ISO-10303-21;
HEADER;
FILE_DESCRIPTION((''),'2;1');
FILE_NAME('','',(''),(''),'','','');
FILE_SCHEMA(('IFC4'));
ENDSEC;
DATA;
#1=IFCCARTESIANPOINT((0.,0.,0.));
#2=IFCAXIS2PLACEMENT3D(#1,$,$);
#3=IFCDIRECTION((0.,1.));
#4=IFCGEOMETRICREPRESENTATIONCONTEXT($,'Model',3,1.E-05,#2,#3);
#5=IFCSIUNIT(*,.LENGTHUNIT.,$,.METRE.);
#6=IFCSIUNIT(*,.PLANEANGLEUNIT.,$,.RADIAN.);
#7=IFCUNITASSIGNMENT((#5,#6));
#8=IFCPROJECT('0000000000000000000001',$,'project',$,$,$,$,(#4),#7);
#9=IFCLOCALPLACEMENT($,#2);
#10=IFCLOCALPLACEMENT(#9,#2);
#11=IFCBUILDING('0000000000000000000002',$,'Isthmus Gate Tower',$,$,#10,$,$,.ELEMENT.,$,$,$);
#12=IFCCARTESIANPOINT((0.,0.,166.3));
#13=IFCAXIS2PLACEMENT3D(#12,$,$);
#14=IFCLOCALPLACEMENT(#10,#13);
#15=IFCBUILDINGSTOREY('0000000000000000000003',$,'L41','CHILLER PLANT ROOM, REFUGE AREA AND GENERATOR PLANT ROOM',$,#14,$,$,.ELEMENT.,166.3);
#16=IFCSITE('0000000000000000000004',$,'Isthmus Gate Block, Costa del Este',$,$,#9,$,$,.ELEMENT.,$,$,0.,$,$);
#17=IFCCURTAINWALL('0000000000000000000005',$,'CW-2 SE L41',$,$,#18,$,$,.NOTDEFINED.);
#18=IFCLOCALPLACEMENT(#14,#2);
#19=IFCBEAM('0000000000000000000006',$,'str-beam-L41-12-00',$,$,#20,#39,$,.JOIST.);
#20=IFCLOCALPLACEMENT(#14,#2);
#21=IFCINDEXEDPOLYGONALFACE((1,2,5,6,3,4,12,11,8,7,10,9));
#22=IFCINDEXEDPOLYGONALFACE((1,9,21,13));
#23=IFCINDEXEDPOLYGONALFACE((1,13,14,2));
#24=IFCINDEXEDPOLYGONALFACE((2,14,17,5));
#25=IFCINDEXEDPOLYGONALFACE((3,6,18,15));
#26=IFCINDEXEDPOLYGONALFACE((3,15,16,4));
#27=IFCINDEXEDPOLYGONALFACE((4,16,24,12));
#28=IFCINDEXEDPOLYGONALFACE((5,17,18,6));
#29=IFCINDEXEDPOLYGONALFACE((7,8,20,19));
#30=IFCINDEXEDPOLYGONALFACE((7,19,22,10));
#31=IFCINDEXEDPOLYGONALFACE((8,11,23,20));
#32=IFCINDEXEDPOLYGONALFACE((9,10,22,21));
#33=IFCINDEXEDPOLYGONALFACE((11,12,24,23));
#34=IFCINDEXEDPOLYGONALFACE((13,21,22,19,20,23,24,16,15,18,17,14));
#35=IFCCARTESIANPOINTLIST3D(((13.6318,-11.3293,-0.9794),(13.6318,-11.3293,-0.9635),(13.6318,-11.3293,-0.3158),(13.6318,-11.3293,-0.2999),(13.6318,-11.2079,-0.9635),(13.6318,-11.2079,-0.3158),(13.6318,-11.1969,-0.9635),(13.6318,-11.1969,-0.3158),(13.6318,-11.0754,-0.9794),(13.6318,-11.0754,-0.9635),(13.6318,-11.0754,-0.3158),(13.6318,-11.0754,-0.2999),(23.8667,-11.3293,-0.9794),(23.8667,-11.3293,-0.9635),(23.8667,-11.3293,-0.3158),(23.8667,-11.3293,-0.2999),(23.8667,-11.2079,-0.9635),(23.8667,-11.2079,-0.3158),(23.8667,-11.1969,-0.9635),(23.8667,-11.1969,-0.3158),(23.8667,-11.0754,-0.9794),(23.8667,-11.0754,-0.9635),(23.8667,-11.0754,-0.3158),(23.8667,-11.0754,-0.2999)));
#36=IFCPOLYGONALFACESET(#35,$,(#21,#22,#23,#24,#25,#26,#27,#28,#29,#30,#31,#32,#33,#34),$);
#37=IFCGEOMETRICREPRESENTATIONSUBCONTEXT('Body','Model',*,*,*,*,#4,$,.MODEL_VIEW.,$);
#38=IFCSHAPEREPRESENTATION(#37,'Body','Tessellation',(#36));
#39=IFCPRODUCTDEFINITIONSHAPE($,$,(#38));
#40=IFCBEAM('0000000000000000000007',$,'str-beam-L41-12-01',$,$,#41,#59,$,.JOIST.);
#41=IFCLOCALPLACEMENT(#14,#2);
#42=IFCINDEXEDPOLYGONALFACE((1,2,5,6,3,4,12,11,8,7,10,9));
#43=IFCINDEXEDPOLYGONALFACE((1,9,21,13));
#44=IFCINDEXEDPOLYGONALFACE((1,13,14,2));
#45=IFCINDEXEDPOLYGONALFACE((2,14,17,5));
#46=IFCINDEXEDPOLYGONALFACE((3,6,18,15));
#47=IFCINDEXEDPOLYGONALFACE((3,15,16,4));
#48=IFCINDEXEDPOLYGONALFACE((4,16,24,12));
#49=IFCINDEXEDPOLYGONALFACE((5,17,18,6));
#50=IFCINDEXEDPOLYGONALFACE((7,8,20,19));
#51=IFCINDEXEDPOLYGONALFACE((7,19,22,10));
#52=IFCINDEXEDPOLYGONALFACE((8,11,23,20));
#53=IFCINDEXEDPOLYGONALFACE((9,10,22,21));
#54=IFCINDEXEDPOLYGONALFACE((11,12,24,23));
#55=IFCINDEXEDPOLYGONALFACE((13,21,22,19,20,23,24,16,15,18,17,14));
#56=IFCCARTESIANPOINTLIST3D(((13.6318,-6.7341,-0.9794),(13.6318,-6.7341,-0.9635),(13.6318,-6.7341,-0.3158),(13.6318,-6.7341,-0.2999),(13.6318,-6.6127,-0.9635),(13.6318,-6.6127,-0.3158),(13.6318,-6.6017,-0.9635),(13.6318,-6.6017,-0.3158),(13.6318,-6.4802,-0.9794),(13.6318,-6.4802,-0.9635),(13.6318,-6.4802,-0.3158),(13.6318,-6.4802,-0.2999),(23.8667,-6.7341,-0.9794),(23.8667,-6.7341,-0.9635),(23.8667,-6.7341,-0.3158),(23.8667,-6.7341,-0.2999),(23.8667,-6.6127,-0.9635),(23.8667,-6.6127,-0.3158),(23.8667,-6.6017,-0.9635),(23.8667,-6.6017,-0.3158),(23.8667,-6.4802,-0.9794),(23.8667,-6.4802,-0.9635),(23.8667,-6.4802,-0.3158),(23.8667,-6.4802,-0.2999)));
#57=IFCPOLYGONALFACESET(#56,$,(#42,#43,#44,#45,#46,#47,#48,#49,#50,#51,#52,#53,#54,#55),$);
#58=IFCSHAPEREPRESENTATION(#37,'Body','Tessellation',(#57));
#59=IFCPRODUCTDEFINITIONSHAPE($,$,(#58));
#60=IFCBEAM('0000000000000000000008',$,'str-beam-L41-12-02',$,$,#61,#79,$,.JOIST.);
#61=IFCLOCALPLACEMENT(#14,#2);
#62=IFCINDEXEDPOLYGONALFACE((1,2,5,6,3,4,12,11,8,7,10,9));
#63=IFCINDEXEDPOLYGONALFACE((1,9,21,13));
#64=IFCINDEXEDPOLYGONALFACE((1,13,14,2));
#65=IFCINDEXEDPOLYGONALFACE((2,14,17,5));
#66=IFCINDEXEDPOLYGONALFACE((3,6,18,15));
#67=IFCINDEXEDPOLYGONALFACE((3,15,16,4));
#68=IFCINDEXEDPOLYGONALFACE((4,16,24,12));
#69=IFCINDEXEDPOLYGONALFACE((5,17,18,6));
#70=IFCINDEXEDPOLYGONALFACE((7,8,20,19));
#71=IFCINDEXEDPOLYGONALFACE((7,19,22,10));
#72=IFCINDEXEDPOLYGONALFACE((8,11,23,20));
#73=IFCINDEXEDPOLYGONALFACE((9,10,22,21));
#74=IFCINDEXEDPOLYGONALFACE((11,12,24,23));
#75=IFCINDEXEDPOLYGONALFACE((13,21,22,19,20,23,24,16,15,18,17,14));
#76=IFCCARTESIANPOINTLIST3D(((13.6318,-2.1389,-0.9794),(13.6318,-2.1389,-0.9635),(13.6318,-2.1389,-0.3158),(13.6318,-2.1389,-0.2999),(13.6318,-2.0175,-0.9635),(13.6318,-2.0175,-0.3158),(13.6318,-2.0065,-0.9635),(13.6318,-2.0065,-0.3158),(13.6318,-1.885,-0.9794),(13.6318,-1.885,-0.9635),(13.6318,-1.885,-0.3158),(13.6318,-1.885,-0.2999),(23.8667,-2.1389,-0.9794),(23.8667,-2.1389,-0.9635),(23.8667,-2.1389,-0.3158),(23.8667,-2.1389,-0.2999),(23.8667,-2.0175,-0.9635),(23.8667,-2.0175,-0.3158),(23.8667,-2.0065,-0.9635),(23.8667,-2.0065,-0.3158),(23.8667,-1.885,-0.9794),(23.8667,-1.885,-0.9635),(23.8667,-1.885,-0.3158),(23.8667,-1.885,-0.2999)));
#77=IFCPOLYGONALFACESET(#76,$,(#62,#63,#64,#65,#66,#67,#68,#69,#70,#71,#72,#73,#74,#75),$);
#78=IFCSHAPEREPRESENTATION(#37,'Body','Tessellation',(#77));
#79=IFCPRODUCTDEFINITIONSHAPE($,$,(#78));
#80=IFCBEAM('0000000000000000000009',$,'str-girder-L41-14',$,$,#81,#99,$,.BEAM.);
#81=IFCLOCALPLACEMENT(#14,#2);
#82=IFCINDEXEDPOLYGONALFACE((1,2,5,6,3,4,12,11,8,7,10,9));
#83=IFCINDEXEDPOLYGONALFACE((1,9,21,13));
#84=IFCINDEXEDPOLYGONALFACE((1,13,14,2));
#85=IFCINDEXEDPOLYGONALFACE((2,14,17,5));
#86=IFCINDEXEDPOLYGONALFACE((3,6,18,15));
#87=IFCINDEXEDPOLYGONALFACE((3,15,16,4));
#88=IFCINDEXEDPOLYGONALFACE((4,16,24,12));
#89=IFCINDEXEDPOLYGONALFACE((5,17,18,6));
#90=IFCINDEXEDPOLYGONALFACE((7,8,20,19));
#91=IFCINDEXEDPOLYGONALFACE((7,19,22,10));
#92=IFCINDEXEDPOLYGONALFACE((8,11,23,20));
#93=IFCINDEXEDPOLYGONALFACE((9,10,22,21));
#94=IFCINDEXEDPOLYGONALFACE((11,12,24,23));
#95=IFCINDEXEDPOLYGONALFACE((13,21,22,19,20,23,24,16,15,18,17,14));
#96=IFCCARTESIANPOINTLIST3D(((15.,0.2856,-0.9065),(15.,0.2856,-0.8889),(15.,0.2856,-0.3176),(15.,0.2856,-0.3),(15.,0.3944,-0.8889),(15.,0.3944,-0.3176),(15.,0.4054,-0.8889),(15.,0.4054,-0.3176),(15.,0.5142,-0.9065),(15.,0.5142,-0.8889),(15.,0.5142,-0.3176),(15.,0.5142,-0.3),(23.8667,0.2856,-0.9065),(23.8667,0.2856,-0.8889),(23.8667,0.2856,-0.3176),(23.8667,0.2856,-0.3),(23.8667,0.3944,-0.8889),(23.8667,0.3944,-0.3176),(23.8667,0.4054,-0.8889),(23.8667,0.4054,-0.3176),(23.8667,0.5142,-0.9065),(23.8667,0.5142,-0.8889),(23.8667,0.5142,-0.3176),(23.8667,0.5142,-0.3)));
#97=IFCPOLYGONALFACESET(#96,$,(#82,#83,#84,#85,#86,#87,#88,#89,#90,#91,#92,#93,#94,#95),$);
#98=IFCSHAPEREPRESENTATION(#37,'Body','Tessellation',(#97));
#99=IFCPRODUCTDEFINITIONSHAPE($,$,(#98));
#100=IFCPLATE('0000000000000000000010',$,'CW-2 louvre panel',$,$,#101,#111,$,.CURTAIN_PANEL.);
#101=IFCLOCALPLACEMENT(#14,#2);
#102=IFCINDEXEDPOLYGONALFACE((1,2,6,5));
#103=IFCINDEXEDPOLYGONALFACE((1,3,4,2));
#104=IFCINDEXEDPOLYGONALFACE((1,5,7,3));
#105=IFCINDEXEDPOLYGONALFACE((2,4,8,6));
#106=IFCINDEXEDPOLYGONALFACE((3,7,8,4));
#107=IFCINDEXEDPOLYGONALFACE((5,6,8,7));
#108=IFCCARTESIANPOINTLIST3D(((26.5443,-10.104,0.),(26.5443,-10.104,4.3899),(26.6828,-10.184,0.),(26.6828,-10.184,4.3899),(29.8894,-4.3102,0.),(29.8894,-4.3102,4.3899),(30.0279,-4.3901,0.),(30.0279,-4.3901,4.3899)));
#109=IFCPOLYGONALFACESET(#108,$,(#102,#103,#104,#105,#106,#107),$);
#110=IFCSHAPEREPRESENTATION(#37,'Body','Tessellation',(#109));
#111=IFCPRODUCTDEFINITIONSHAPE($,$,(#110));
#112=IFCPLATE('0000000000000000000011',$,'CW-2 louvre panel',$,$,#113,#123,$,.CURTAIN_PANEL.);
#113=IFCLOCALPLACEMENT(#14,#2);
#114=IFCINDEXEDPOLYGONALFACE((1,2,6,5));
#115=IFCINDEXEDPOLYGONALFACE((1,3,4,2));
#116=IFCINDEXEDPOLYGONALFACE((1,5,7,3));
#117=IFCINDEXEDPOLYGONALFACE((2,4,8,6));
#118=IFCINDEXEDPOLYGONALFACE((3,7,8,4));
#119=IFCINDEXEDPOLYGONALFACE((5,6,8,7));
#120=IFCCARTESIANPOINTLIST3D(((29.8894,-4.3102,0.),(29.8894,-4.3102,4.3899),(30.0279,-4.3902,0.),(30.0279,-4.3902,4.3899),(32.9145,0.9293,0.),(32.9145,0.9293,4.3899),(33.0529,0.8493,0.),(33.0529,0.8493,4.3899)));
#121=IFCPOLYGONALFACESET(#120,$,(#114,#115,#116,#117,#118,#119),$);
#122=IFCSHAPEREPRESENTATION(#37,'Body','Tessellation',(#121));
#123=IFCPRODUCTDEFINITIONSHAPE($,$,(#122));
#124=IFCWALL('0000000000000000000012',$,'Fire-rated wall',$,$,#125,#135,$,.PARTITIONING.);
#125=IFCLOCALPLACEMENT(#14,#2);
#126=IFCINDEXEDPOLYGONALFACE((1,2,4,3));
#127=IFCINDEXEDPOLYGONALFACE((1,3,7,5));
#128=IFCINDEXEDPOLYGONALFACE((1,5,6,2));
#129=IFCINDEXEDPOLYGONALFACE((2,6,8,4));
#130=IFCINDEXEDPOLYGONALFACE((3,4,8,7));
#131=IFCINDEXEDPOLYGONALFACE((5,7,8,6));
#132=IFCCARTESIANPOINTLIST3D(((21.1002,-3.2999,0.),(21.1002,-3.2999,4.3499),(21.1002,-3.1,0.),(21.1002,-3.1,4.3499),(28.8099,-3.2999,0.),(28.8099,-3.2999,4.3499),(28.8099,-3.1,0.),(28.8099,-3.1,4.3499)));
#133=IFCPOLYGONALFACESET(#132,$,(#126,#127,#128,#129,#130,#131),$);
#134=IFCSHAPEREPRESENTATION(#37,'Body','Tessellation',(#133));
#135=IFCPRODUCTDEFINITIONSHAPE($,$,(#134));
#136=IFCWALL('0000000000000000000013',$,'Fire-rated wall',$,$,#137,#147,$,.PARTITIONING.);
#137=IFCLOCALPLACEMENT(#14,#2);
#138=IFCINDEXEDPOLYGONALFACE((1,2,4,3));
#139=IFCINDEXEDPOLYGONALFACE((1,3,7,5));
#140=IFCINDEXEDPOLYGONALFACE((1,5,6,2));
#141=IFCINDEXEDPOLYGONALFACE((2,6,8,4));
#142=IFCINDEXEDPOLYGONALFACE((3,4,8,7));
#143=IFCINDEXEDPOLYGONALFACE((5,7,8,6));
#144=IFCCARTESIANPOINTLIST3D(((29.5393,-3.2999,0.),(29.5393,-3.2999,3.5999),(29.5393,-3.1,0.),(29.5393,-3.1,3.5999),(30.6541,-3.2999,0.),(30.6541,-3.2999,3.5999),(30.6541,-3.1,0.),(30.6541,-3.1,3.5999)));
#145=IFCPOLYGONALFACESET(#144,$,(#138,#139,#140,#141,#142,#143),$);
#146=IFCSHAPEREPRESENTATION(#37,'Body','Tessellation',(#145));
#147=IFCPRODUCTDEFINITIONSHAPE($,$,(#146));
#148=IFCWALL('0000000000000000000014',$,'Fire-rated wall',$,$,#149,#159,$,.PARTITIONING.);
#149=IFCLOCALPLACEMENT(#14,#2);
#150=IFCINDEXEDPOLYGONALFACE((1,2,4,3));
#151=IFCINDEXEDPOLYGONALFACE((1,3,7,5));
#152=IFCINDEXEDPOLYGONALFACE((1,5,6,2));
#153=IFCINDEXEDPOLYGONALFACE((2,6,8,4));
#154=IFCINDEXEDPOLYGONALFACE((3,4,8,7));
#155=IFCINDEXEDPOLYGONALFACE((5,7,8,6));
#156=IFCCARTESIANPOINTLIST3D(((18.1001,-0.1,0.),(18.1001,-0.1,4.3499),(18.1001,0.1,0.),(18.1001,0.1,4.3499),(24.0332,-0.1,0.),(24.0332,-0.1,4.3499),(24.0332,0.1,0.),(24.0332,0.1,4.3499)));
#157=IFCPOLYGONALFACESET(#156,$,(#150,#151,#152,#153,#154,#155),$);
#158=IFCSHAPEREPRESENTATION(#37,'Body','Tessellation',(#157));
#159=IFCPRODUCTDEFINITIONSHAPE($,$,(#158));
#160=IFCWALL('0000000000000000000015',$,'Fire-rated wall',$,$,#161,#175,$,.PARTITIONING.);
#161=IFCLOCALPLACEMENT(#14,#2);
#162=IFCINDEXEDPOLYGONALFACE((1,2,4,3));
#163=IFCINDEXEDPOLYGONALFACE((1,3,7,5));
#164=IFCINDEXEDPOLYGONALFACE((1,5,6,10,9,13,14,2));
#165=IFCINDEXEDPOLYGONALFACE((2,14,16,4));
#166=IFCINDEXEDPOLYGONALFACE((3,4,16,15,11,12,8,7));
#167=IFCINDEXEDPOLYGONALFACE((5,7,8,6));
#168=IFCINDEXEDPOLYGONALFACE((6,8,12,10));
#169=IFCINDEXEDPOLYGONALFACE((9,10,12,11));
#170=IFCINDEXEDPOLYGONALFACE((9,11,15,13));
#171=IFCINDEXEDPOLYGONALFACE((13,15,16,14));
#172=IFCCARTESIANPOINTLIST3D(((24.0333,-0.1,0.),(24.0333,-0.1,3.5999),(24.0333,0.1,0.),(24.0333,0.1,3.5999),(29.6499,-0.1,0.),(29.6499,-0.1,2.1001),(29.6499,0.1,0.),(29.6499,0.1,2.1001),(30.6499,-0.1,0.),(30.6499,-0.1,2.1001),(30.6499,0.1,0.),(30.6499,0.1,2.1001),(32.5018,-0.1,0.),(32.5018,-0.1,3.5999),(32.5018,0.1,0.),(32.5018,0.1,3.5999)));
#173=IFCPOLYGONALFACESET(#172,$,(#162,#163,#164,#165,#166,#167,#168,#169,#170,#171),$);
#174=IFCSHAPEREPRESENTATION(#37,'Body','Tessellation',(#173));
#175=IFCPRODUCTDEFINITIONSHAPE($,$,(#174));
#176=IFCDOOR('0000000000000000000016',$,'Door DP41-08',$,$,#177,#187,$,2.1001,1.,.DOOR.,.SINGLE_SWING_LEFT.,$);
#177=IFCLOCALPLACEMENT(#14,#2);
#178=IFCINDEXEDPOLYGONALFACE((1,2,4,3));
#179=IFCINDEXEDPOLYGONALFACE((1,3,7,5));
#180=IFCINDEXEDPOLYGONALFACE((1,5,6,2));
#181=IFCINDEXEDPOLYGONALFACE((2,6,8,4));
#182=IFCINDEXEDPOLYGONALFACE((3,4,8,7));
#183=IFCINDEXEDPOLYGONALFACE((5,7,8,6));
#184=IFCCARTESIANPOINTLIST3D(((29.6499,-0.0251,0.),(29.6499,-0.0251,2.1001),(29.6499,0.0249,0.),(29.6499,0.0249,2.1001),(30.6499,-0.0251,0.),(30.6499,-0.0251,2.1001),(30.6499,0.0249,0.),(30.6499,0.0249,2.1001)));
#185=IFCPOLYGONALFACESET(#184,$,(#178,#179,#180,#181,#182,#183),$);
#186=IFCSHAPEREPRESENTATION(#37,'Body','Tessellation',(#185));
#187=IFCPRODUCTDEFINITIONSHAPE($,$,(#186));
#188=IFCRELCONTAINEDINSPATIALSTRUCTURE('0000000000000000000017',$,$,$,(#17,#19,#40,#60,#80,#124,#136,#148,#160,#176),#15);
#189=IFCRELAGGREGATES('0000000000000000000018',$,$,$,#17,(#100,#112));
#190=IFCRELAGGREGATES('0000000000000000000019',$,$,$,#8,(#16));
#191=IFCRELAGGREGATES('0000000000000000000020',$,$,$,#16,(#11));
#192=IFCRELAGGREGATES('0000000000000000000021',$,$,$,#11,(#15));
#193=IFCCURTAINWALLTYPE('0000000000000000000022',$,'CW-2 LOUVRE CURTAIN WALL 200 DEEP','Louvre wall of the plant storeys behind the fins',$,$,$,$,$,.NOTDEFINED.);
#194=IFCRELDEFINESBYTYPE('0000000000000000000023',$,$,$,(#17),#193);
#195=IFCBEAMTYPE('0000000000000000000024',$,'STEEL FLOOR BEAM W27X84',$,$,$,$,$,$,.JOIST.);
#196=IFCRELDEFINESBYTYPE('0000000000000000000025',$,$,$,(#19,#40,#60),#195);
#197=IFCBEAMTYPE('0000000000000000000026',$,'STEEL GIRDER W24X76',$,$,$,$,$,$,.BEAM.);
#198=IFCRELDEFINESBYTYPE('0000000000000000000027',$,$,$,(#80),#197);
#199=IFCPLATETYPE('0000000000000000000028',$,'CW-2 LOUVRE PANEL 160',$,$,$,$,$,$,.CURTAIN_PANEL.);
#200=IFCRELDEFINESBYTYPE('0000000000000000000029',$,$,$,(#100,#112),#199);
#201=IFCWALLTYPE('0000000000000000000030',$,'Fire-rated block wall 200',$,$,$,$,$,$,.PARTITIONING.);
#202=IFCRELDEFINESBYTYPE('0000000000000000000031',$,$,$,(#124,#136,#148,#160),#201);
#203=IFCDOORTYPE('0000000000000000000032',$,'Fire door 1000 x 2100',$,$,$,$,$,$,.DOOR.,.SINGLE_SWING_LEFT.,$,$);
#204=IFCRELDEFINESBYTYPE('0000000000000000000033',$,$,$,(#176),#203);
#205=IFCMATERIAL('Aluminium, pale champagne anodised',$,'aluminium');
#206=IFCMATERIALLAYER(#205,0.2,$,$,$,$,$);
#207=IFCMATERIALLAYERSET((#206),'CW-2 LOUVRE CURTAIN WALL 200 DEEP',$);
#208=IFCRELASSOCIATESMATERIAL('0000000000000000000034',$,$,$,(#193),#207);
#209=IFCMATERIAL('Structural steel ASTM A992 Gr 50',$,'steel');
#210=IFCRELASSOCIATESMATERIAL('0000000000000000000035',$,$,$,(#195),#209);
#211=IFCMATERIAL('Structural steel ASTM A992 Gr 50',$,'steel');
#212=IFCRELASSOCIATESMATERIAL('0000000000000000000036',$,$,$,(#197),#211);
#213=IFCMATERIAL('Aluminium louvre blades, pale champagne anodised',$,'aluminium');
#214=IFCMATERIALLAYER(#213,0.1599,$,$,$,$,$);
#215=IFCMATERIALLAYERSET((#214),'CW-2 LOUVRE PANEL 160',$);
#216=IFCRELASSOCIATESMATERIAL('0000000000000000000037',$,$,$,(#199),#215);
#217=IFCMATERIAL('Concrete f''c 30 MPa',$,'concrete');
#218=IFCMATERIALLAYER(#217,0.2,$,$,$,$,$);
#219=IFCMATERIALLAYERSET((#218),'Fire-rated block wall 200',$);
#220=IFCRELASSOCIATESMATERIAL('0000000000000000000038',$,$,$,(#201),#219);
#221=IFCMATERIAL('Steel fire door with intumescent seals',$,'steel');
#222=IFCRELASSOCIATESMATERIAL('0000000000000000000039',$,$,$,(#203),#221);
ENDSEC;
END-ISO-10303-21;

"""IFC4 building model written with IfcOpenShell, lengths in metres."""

from ifc_helpers import new_model, si_unit, direction, frame, frame_2d, origin, origin_2d, place, context, subcontext, project, spatial, rectangle, i_section, extrude, material, layer, layer_set, material_profile, profile_set, type_object, element, fill, aggregate, save


model = new_model("IFC4")

# Units and contexts
model_context = context("Model", 3, precision=1e-05, world=origin(), true_north=direction((0.0, 1.0)))
body_context = subcontext(model_context, "Body", "Model", "MODEL_VIEW")
ifc_project = project(units=[si_unit("LENGTHUNIT", "METRE"), si_unit("PLANEANGLEUNIT", "RADIAN")], contexts=[model_context])

# Site, building, storey
site_placement = place(None, origin())
site = spatial("IfcSite", under=ifc_project, at=site_placement, Name="Isthmus Gate Block, Costa del Este", CompositionType="ELEMENT", RefElevation=0.0)
building_placement = place(site_placement, origin())
building = spatial("IfcBuilding", under=site, at=building_placement, Name="Isthmus Gate Tower", CompositionType="ELEMENT")
storey_placement = place(building_placement, frame((0.0, 0.0, 166.3)))
storey = spatial("IfcBuildingStorey", under=building, at=storey_placement, Name="L41", Description="CHILLER PLANT ROOM, REFUGE AREA AND GENERATOR PLANT ROOM", CompositionType="ELEMENT", Elevation=166.3)

# Curtain wall
ifc_material_1 = material(Name="Aluminium, pale champagne anodised", Category="aluminium")
ifc_layer_1 = layer(ifc_material_1, 0.2)
ifc_layer_set_1 = layer_set([ifc_layer_1], Name="CW-2 LOUVRE CURTAIN WALL 200 DEEP")
curtain_wall_type = type_object("IfcCurtainWallType", Name="CW-2 LOUVRE CURTAIN WALL 200 DEEP", Description="Louvre wall of the plant storeys behind the fins", PredefinedType="NOTDEFINED", material=ifc_layer_set_1)
curtain_wall_placement = place(storey_placement, origin())
curtain_wall = element("IfcCurtainWall", 1, at=curtain_wall_placement, inside=storey, type_object=curtain_wall_type, Name="CW-2 SE L41", PredefinedType="NOTDEFINED")

# Beams
ifc_material_2 = material(Name="Structural steel ASTM A992 Gr 50", Category="steel")
ifc_material_profile_1 = material_profile(ifc_material_2, i_section(OverallWidth=0.2539, OverallDepth=0.6794, WebThickness=0.011, FlangeThickness=0.0159, at=origin_2d()), Name="W27X84")
ifc_profile_set_1 = profile_set([ifc_material_profile_1], Name="Structural steel ASTM A992 Gr 50")
beam_type_1 = type_object("IfcBeamType", Name="STEEL FLOOR BEAM W27X84", PredefinedType="JOIST", material=ifc_profile_set_1)
for number, where, z_axis, x_axis, name in (
    (2, (13.6318, -11.2024, -0.6396), (1.0, 0.0, 0.0), (0.0, 1.0, 0.0), "str-beam-L41-12-00"),
    (3, (13.6318, -6.6072, -0.6396), (1.0, 0.0, 0.0), (0.0, 1.0, 0.0), "str-beam-L41-12-01"),
    (4, (13.6318, -2.012, -0.6396), (1.0, 0.0, 0.0), (0.0, 1.0, 0.0), "str-beam-L41-12-02"),
):
    element("IfcBeam", number, at=place(storey_placement, frame(where, z_axis=z_axis, x_axis=x_axis)), inside=storey, type_object=beam_type_1, Name=name, PredefinedType="JOIST", context=body_context, shape_type="SweptSolid", body=[
        extrude(i_section(OverallWidth=0.2539, OverallDepth=0.6794, WebThickness=0.011, FlangeThickness=0.0159, at=origin_2d()), origin(), (0.0, 0.0, 1.0), 10.2349),
    ])
ifc_material_3 = material(Name="Structural steel ASTM A992 Gr 50", Category="steel")
ifc_material_profile_2 = material_profile(ifc_material_3, i_section(OverallWidth=0.2285, OverallDepth=0.6064, WebThickness=0.011, FlangeThickness=0.0176, at=origin_2d()), Name="W24X76")
ifc_profile_set_2 = profile_set([ifc_material_profile_2], Name="Structural steel ASTM A992 Gr 50")
beam_type_2 = type_object("IfcBeamType", Name="STEEL GIRDER W24X76", PredefinedType="BEAM", material=ifc_profile_set_2)
beam_1_placement = place(storey_placement, frame((15.0, 0.3999, -0.6033), z_axis=(1.0, 0.0, 0.0), x_axis=(0.0, 1.0, 0.0)))
element("IfcBeam", 5, at=beam_1_placement, inside=storey, type_object=beam_type_2, Name="str-girder-L41-14", PredefinedType="BEAM", context=body_context, shape_type="SweptSolid", body=[
    extrude(i_section(OverallWidth=0.2285, OverallDepth=0.6064, WebThickness=0.011, FlangeThickness=0.0176, at=origin_2d()), origin(), (0.0, 0.0, 1.0), 8.8667),
])

# Plates
ifc_material_4 = material(Name="Aluminium louvre blades, pale champagne anodised", Category="aluminium")
ifc_layer_2 = layer(ifc_material_4, 0.1599)
ifc_layer_set_2 = layer_set([ifc_layer_2], Name="CW-2 LOUVRE PANEL 160")
plate_type = type_object("IfcPlateType", Name="CW-2 LOUVRE PANEL 160", PredefinedType="CURTAIN_PANEL", material=ifc_layer_set_2)
plate_1_placement = place(storey_placement, frame((28.2861, -7.2471, 0.0), z_axis=(0.0, 0.0, 1.0), x_axis=(0.5, 0.866025, 0.0)))
plate_1 = element("IfcPlate", 6, at=plate_1_placement, type_object=plate_type, Name="CW-2 louvre panel", PredefinedType="CURTAIN_PANEL", context=body_context, shape_type="SweptSolid", body=[
    extrude(rectangle(XDim=6.6902, YDim=0.1599, at=origin_2d()), origin(), (0.0, 0.0, 1.0), 4.3899),
])
plate_2_placement = place(storey_placement, frame((31.4712, -1.7305, 0.0), z_axis=(0.0, 0.0, 1.0), x_axis=(0.5, 0.866025, 0.0)))
plate_2 = element("IfcPlate", 7, at=plate_2_placement, type_object=plate_type, Name="CW-2 louvre panel", PredefinedType="CURTAIN_PANEL", context=body_context, shape_type="SweptSolid", body=[
    extrude(rectangle(XDim=6.05, YDim=0.1599, at=origin_2d()), origin(), (0.0, 0.0, 1.0), 4.3899),
])
aggregate(curtain_wall, [plate_1, plate_2])

# Walls
ifc_material_5 = material(Name="Concrete f'c 30 MPa", Category="concrete")
ifc_layer_3 = layer(ifc_material_5, 0.2)
ifc_layer_set_3 = layer_set([ifc_layer_3], Name="Fire-rated block wall 200")
wall_type = type_object("IfcWallType", Name="Fire-rated block wall 200", PredefinedType="PARTITIONING", material=ifc_layer_set_3)
wall_1_placement = place(storey_placement, frame((21.1001, -3.2, 0.0), z_axis=(0.0, 0.0, 1.0), x_axis=(1.0, 0.0, 0.0)))
element("IfcWall", 8, at=wall_1_placement, inside=storey, type_object=wall_type, Name="Fire-rated wall", PredefinedType="PARTITIONING", context=body_context, shape_type="SweptSolid", body=[
    extrude(rectangle(XDim=7.7097, YDim=0.2, at=frame_2d((3.855, 0.0))), origin(), (0.0, 0.0, 1.0), 4.3499),
])
wall_2_placement = place(storey_placement, frame((29.5393, -3.2, 0.0), z_axis=(0.0, 0.0, 1.0), x_axis=(1.0, 0.0, 0.0)))
element("IfcWall", 9, at=wall_2_placement, inside=storey, type_object=wall_type, Name="Fire-rated wall", PredefinedType="PARTITIONING", context=body_context, shape_type="SweptSolid", body=[
    extrude(rectangle(XDim=1.1147, YDim=0.2, at=frame_2d((0.5574, 0.0))), origin(), (0.0, 0.0, 1.0), 3.5999),
])
wall_3_placement = place(storey_placement, frame((18.1001, 0.0, 0.0), z_axis=(0.0, 0.0, 1.0), x_axis=(1.0, 0.0, 0.0)))
element("IfcWall", 10, at=wall_3_placement, inside=storey, type_object=wall_type, Name="Fire-rated wall", PredefinedType="PARTITIONING", context=body_context, shape_type="SweptSolid", body=[
    extrude(rectangle(XDim=5.9331, YDim=0.2, at=frame_2d((2.9666, 0.0))), origin(), (0.0, 0.0, 1.0), 4.3499),
])

# Wall, opening, door
wall_4_placement = place(storey_placement, frame((24.0332, 0.0, 0.0), z_axis=(0.0, 0.0, 1.0), x_axis=(1.0, 0.0, 0.0)))
wall_4 = element("IfcWall", 11, at=wall_4_placement, inside=storey, type_object=wall_type, Name="Fire-rated wall", PredefinedType="PARTITIONING", context=body_context, shape_type="SweptSolid", body=[
    extrude(rectangle(XDim=8.4685, YDim=0.2, at=frame_2d((4.2344, 0.0))), origin(), (0.0, 0.0, 1.0), 3.5999),
])
opening_1_placement = place(wall_4_placement, frame((5.6167, 0.0, 0.0)))
opening_1 = element("IfcOpeningElement", 12, at=opening_1_placement, cuts=wall_4, PredefinedType="OPENING", context=body_context, shape_type="SweptSolid", body=[
    extrude(rectangle(XDim=1.0, YDim=2.1001, at=frame_2d((0.5, 1.05))), frame((0.0, 0.1099, 0.0), z_axis=(0.0, -1.0, 0.0), x_axis=(1.0, 0.0, 0.0)), (0.0, 0.0, 1.0), 0.22),
])
ifc_material_6 = material(Name="Steel fire door with intumescent seals", Category="steel")
door_type = type_object("IfcDoorType", Name="Fire door 1000 x 2100", OperationType="SINGLE_SWING_LEFT", PredefinedType="DOOR", material=ifc_material_6)
door_1_placement = place(opening_1_placement, origin())
door_1 = element("IfcDoor", 13, at=door_1_placement, inside=storey, type_object=door_type, Name="Door DP41-08", OperationType="SINGLE_SWING_LEFT", OverallHeight=2.1001, OverallWidth=1.0, PredefinedType="DOOR", context=body_context, shape_type="SweptSolid", body=[
    extrude(rectangle(XDim=1.0, YDim=2.1001, at=frame_2d((0.5, 1.05))), frame((0.0, 0.0249, 0.0), z_axis=(0.0, -1.0, 0.0), x_axis=(1.0, 0.0, 0.0)), (0.0, 0.0, 1.0), 0.05),
])
fill(opening_1, door_1)

save(model, "model.ifc")
